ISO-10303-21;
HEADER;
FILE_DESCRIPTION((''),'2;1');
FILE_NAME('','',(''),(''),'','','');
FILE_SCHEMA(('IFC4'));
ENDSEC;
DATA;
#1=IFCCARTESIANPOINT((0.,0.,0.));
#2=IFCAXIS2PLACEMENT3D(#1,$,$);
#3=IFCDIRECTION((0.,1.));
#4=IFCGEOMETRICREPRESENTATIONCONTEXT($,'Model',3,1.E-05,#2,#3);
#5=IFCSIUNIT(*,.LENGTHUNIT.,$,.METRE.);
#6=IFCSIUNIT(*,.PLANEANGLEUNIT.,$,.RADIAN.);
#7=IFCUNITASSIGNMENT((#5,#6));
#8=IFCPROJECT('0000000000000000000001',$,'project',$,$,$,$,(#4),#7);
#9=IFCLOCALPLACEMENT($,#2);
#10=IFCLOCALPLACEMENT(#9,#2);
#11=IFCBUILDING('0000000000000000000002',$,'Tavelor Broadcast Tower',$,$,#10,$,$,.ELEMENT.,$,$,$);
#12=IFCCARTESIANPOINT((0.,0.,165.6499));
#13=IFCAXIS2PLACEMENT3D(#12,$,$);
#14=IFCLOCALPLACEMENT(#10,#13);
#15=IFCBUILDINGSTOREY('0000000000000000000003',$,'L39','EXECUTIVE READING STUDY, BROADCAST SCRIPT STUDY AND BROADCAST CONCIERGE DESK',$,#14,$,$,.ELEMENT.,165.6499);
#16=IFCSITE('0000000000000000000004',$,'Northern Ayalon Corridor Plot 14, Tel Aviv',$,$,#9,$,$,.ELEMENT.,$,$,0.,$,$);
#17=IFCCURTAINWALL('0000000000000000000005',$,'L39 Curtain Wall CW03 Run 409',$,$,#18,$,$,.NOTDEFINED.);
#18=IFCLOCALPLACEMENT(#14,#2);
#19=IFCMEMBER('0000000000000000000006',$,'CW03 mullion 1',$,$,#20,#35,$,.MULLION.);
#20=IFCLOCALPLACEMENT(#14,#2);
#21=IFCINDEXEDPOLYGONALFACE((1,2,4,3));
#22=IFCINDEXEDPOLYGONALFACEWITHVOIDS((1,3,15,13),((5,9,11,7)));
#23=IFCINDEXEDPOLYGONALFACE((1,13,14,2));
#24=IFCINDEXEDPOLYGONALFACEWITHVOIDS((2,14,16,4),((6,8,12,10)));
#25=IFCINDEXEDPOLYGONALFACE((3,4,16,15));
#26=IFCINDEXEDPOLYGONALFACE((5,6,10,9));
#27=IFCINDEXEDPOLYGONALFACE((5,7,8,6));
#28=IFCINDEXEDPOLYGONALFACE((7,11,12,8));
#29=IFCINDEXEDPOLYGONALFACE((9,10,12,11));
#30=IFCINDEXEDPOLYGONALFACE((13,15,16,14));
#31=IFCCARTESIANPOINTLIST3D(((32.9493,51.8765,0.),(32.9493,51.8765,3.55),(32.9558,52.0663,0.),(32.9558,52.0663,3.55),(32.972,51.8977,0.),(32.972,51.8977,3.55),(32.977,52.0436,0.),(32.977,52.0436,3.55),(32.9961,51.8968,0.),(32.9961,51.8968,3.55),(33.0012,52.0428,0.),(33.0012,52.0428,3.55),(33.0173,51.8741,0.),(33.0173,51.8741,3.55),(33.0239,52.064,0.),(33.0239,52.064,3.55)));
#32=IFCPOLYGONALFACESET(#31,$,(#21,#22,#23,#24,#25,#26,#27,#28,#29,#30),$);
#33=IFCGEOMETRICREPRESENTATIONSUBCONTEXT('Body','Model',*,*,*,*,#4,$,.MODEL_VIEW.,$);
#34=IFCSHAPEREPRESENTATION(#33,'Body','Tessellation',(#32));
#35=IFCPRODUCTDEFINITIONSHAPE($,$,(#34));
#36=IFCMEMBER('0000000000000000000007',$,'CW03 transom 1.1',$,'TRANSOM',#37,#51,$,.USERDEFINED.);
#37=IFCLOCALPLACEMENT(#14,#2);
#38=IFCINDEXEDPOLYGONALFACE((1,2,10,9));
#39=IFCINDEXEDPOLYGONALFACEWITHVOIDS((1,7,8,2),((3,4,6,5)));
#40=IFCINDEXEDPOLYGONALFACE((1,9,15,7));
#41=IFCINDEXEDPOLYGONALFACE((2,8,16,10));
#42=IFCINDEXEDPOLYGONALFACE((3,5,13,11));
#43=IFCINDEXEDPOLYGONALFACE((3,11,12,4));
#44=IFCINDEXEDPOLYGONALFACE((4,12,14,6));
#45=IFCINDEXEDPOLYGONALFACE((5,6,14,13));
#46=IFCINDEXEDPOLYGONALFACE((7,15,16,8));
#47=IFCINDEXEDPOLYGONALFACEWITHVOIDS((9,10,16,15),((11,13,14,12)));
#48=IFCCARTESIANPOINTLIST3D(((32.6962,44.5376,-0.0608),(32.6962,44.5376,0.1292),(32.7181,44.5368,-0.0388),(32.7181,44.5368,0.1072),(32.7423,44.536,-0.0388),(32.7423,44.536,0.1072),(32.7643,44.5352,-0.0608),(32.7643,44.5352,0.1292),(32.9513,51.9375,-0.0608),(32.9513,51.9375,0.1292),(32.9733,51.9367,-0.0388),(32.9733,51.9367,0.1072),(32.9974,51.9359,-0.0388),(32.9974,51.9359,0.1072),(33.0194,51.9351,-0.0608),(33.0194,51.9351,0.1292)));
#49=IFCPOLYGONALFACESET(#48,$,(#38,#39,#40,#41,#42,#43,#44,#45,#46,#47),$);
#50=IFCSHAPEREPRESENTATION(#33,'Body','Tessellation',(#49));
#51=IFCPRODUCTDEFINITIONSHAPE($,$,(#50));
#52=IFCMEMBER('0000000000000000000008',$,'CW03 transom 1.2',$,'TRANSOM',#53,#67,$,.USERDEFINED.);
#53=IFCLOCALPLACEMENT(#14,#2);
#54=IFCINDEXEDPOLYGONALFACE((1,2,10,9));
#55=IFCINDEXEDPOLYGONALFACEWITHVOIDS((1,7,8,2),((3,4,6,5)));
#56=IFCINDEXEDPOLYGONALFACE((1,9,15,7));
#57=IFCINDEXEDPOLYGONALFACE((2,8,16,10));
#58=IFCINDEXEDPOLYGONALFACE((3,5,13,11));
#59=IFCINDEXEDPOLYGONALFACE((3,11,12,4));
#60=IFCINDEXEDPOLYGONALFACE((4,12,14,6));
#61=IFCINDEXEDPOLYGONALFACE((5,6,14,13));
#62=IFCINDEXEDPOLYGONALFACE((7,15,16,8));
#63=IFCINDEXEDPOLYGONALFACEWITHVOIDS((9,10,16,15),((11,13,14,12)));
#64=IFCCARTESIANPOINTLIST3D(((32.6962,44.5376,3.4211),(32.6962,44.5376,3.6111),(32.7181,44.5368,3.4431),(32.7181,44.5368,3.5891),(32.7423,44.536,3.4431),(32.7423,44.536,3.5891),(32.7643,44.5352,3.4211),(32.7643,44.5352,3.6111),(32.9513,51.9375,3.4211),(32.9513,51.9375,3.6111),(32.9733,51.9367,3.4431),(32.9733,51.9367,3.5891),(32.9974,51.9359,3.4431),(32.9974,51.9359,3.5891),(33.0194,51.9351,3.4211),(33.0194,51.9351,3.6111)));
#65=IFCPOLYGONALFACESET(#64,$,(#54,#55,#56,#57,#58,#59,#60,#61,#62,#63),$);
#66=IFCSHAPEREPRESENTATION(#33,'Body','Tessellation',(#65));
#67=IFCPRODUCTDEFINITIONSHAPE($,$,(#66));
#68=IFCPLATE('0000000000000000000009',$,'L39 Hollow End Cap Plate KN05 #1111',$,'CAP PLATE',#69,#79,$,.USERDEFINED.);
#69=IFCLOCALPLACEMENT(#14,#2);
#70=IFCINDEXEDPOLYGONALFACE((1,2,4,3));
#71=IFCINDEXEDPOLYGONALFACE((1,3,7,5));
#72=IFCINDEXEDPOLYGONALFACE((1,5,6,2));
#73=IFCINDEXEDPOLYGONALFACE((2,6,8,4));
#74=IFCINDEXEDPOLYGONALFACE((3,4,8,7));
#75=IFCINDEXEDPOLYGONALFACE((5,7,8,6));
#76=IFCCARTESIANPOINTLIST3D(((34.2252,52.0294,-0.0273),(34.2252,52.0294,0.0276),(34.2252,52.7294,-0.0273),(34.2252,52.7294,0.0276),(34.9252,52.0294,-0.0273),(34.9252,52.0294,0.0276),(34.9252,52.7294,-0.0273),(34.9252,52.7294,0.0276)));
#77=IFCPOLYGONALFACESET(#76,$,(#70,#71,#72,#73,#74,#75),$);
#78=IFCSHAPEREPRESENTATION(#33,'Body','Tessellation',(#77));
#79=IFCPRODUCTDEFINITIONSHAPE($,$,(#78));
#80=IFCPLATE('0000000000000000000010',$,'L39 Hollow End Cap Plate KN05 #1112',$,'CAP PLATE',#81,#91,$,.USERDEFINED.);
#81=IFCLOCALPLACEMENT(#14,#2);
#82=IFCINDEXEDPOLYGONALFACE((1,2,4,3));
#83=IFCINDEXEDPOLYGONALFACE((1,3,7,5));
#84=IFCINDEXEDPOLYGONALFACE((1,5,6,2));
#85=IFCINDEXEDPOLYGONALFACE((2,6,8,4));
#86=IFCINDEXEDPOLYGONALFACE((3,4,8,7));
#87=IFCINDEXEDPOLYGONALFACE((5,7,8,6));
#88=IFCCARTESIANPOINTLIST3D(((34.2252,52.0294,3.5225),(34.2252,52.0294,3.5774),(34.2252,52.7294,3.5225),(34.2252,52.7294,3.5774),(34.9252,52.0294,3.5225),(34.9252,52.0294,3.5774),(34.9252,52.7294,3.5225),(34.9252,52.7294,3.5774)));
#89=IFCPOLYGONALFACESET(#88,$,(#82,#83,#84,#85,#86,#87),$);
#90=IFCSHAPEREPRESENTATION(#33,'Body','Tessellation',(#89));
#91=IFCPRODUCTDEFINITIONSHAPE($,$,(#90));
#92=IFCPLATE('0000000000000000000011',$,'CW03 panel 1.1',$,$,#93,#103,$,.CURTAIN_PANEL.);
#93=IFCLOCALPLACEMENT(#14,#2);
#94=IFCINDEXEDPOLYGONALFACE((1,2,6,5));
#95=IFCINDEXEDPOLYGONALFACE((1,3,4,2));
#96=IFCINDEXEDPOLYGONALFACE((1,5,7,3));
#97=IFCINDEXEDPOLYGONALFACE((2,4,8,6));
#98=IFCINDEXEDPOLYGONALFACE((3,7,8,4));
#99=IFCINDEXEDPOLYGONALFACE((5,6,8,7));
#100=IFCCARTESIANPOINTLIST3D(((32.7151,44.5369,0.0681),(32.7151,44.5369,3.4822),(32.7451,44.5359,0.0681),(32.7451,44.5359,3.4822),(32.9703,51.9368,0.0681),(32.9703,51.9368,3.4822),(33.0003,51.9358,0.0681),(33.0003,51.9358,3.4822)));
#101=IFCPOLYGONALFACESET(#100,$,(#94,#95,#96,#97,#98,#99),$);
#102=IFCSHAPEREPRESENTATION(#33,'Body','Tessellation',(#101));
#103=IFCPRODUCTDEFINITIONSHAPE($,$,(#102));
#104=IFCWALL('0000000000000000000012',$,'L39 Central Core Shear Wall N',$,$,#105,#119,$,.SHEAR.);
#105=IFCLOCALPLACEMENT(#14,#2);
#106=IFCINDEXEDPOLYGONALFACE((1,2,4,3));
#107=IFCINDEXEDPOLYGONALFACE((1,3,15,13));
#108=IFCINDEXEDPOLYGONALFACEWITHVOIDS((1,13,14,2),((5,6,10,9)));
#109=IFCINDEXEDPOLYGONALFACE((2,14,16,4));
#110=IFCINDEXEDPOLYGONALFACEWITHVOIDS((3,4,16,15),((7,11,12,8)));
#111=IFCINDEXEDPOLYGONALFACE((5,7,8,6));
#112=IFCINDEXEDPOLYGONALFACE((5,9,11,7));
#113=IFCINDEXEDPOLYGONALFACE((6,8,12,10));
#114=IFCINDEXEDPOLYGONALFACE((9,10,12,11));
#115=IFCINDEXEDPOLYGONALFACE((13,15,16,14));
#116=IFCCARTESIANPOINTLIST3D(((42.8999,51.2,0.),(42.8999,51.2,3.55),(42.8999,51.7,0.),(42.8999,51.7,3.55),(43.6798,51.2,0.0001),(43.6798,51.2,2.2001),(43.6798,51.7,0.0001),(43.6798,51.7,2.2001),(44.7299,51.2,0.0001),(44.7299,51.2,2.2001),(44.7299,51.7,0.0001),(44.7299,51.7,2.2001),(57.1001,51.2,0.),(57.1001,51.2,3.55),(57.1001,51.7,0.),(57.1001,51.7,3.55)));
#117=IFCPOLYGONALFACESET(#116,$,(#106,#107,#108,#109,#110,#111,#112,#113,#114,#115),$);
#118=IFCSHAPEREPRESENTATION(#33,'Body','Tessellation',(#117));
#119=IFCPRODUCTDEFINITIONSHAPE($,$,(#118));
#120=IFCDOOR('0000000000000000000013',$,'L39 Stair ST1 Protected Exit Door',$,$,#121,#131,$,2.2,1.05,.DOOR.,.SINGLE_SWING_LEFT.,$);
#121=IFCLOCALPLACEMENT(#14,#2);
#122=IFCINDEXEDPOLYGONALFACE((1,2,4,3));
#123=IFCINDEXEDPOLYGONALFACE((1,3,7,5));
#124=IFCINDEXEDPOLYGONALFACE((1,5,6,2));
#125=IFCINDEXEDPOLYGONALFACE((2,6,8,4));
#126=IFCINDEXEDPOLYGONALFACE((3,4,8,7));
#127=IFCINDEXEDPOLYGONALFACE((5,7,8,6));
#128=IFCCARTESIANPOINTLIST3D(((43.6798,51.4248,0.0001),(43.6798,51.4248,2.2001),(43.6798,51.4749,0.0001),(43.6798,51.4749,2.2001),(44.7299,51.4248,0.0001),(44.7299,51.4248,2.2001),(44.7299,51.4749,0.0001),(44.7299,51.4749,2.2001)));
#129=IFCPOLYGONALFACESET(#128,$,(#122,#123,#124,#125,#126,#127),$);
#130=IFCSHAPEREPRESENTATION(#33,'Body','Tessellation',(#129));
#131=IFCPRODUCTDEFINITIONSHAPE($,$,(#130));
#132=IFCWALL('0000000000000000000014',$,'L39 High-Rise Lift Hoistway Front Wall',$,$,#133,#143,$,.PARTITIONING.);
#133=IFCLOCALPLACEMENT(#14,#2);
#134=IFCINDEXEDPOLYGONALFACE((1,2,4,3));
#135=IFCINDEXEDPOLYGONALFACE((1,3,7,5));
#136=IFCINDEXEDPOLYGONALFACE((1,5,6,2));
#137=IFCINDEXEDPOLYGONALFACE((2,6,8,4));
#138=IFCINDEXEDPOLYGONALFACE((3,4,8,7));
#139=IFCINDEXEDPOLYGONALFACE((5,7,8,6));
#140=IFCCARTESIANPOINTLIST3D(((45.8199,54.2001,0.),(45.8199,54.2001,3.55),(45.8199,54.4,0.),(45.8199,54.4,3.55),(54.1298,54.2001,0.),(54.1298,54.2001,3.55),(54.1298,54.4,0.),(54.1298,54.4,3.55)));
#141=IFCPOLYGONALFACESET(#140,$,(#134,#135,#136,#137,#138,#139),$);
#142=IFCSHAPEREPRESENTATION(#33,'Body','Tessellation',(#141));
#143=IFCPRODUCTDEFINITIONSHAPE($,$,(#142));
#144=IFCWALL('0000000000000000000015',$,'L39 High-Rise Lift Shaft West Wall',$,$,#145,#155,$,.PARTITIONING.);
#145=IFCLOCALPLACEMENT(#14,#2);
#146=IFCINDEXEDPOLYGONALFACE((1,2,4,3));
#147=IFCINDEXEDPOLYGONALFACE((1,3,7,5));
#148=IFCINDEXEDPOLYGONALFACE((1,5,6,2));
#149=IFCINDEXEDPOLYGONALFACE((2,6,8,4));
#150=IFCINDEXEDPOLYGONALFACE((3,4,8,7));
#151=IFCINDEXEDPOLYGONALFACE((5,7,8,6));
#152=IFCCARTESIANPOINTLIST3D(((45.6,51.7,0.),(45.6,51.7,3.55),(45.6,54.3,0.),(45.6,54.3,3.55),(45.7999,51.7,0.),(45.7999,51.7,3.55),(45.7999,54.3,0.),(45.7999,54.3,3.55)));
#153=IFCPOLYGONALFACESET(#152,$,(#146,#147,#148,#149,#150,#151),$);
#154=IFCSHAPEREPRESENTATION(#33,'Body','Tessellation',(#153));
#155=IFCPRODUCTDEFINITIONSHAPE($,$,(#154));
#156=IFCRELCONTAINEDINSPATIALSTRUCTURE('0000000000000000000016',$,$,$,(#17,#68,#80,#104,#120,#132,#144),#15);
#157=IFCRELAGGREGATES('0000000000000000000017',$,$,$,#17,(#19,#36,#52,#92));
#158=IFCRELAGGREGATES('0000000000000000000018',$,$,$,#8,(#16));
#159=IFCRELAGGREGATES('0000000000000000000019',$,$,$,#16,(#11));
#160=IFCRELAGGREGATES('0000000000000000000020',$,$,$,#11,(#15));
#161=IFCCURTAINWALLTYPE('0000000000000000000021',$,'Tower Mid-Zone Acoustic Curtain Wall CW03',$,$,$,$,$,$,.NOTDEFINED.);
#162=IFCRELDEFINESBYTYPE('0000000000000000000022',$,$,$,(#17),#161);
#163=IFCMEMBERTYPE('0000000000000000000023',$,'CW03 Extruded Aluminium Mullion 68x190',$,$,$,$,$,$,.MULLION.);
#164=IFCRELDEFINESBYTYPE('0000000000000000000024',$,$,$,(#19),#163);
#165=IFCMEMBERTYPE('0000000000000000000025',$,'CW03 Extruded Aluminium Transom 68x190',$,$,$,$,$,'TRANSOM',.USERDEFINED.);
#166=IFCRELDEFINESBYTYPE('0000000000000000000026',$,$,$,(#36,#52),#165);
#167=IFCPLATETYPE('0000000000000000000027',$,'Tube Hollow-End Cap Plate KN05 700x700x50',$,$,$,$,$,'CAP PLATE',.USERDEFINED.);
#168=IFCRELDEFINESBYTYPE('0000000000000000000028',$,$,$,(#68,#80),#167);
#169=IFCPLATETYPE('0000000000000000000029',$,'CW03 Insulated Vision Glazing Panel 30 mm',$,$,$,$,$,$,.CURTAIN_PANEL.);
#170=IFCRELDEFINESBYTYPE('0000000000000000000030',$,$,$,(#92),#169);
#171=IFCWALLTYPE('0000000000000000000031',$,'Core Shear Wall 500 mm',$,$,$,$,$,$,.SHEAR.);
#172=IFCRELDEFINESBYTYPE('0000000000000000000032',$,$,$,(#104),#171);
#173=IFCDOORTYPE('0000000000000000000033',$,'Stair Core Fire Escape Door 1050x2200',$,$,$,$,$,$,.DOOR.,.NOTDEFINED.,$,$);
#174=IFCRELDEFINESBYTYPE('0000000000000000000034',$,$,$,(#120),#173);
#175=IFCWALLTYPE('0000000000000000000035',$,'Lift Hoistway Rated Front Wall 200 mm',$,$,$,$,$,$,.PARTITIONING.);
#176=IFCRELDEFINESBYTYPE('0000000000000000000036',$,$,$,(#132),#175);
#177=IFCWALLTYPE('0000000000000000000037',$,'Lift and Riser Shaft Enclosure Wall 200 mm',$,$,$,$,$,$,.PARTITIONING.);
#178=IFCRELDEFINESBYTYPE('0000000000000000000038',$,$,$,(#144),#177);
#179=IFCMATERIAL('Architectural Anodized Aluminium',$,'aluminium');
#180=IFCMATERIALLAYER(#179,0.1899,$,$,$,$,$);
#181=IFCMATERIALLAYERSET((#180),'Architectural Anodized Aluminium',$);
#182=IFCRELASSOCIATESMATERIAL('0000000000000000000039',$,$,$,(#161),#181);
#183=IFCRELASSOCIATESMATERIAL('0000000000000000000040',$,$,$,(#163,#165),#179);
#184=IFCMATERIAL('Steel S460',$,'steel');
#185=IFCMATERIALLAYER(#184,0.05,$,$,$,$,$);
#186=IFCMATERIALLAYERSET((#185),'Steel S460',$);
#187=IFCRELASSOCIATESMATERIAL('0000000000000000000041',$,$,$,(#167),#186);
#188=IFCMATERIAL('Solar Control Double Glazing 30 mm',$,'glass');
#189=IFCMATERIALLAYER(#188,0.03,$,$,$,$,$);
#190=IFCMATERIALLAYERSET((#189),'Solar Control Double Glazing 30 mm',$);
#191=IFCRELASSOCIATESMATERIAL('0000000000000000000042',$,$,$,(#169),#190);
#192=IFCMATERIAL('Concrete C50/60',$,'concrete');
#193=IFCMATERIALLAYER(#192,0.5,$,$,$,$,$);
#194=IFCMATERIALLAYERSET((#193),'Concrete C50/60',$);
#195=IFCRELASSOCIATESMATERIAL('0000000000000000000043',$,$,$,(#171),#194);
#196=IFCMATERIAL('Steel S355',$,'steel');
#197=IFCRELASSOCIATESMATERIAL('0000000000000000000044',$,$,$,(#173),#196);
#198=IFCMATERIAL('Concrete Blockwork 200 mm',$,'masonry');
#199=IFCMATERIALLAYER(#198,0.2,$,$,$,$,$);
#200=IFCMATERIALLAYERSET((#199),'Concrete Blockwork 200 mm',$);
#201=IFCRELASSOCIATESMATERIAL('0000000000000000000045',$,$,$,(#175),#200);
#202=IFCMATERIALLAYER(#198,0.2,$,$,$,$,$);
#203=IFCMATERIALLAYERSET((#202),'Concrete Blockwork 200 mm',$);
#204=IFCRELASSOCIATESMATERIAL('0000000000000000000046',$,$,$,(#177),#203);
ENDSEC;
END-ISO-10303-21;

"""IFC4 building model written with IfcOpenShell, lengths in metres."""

from ifc_helpers import new_model, si_unit, direction, frame, frame_2d, origin, origin_2d, place, context, subcontext, project, spatial, rectangle, hollow_rectangle, extrude, source, transform, mapped, material, layer, layer_set, material_profile, profile_set, type_object, type_shapes, element, fill, aggregate, save


model = new_model("IFC4")

# Units and contexts
model_context = context("Model", 3, precision=1e-05, world=origin(), true_north=direction((0.0, 1.0)))
body_context = subcontext(model_context, "Body", "Model", "MODEL_VIEW")
ifc_project = project(units=[si_unit("LENGTHUNIT", "METRE"), si_unit("PLANEANGLEUNIT", "RADIAN")], contexts=[model_context])

# Site, building, storey
site_placement = place(None, origin())
site = spatial("IfcSite", under=ifc_project, at=site_placement, Name="Northern Ayalon Corridor Plot 14, Tel Aviv", CompositionType="ELEMENT", RefElevation=0.0)
building_placement = place(site_placement, origin())
building = spatial("IfcBuilding", under=site, at=building_placement, Name="Tavelor Broadcast Tower", CompositionType="ELEMENT")
storey_placement = place(building_placement, frame((0.0, 0.0, 165.6499)))
storey = spatial("IfcBuildingStorey", under=building, at=storey_placement, Name="L39", Description="EXECUTIVE READING STUDY, BROADCAST SCRIPT STUDY AND BROADCAST CONCIERGE DESK", CompositionType="ELEMENT", Elevation=165.6499)

# Shared definitions
ifc_material_1 = material(Name="Steel S460", Category="steel")

# Shared definitions
ifc_material_2 = material(Name="Steel S355", Category="steel")

# Curtain wall, members
ifc_material_3 = material(Name="Architectural Anodized Aluminium", Category="aluminium")
ifc_layer_1 = layer(ifc_material_3, 0.1899)
ifc_layer_set_1 = layer_set([ifc_layer_1], Name="Architectural Anodized Aluminium")
curtain_wall_type = type_object("IfcCurtainWallType", Name="Tower Mid-Zone Acoustic Curtain Wall CW03", PredefinedType="NOTDEFINED", material=ifc_layer_set_1)
curtain_wall_placement = place(storey_placement, origin())
curtain_wall = element("IfcCurtainWall", 1, at=curtain_wall_placement, inside=storey, type_object=curtain_wall_type, Name="L39 Curtain Wall CW03 Run 409", PredefinedType="NOTDEFINED")
ifc_material_profile_1 = material_profile(ifc_material_3, hollow_rectangle(XDim=0.0681, YDim=0.1899, WallThickness=0.022, at=origin_2d()), Name="RHS 68x190x22")
ifc_profile_set_1 = profile_set([ifc_material_profile_1], Name="Architectural Anodized Aluminium")
member_type_1 = type_object("IfcMemberType", Name="CW03 Extruded Aluminium Mullion 68x190", PredefinedType="MULLION", material=ifc_profile_set_1)
shared_shape_1 = source(origin(), body_context, "Body", "SweptSolid", [
    extrude(hollow_rectangle(XDim=0.0681, YDim=0.1899, WallThickness=0.022, at=origin_2d()), origin(), (0.0, 0.0, 1.0), 3.55),
])
type_shapes(member_type_1, [shared_shape_1])
member_1_placement = place(storey_placement, frame((32.9866, 51.9702, 0.0), z_axis=(0.0, 0.0, 1.0), x_axis=(0.999406, -0.034469, 0.0)))
member_1 = element("IfcMember", 2, at=member_1_placement, type_object=member_type_1, Name="CW03 mullion 1", PredefinedType="MULLION", context=body_context, shape_type="MappedRepresentation", body=[
    mapped(shared_shape_1, transform((0.0, 0.0, 0.0), scale=1.0)),
])
ifc_material_profile_2 = material_profile(ifc_material_3, hollow_rectangle(XDim=0.0681, YDim=0.1899, WallThickness=0.022, at=origin_2d()), Name="RHS 68x190x22")
ifc_profile_set_2 = profile_set([ifc_material_profile_2], Name="Architectural Anodized Aluminium")
member_type_2 = type_object("IfcMemberType", Name="CW03 Extruded Aluminium Transom 68x190", ElementType="TRANSOM", PredefinedType="USERDEFINED", material=ifc_profile_set_2)
shared_shape_2 = source(origin(), body_context, "Body", "SweptSolid", [
    extrude(hollow_rectangle(XDim=0.0681, YDim=0.1899, WallThickness=0.022, at=origin_2d()), origin(), (0.0, 0.0, 1.0), 7.4043),
])
type_shapes(member_type_2, [shared_shape_2])
member_2_placement = place(storey_placement, frame((32.9854, 51.9363, 0.0342), z_axis=(-0.034457, -0.999406, 0.0), x_axis=(0.999406, -0.034457, 0.0)))
member_2 = element("IfcMember", 3, at=member_2_placement, type_object=member_type_2, Name="CW03 transom 1.1", ObjectType="TRANSOM", PredefinedType="USERDEFINED", context=body_context, shape_type="MappedRepresentation", body=[
    mapped(shared_shape_2, transform((0.0, 0.0, 0.0), scale=1.0)),
])
member_3_placement = place(storey_placement, frame((32.9854, 51.9363, 3.5161), z_axis=(-0.034457, -0.999406, 0.0), x_axis=(0.999406, -0.034457, 0.0)))
member_3 = element("IfcMember", 4, at=member_3_placement, type_object=member_type_2, Name="CW03 transom 1.2", ObjectType="TRANSOM", PredefinedType="USERDEFINED", context=body_context, shape_type="MappedRepresentation", body=[
    mapped(shared_shape_2, transform((0.0, 0.0, 0.0), scale=1.0)),
])

# Plates
ifc_layer_2 = layer(ifc_material_1, 0.05)
ifc_layer_set_2 = layer_set([ifc_layer_2], Name="Steel S460")
plate_type_1 = type_object("IfcPlateType", Name="Tube Hollow-End Cap Plate KN05 700x700x50", ElementType="CAP PLATE", PredefinedType="USERDEFINED", material=ifc_layer_set_2)
shared_shape_3 = source(origin(), body_context, "Body", "SweptSolid", [
    extrude(rectangle(XDim=0.7, YDim=0.7, at=origin_2d()), origin(), (0.0, 0.0, 1.0), 0.0549),
])
type_shapes(plate_type_1, [shared_shape_3])
for number, where, z_axis, x_axis, name in (
    (5, (34.5752, 52.3794, -0.0273), (0.0, 0.0, 1.0), (1.0, 0.0, 0.0), "L39 Hollow End Cap Plate KN05 #1111"),
    (6, (34.5752, 52.3794, 3.5225), (0.0, 0.0, 1.0), (1.0, 0.0, 0.0), "L39 Hollow End Cap Plate KN05 #1112"),
):
    element("IfcPlate", number, at=place(storey_placement, frame(where, z_axis=z_axis, x_axis=x_axis)), inside=storey, type_object=plate_type_1, Name=name, ObjectType="CAP PLATE", PredefinedType="USERDEFINED", context=body_context, shape_type="MappedRepresentation", body=[
        mapped(shared_shape_3, transform((0.0, 0.0, 0.0), scale=1.0)),
    ])

# Plate
ifc_material_4 = material(Name="Solar Control Double Glazing 30 mm", Category="glass")
ifc_layer_3 = layer(ifc_material_4, 0.03)
ifc_layer_set_3 = layer_set([ifc_layer_3], Name="Solar Control Double Glazing 30 mm")
plate_type_2 = type_object("IfcPlateType", Name="CW03 Insulated Vision Glazing Panel 30 mm", PredefinedType="CURTAIN_PANEL", material=ifc_layer_set_3)
shared_shape_4 = source(origin(), body_context, "Body", "SweptSolid", [
    extrude(rectangle(XDim=7.4043, YDim=0.03, at=origin_2d()), origin(), (0.0, 0.0, 1.0), 3.4141),
])
type_shapes(plate_type_2, [shared_shape_4])
plate_placement = place(storey_placement, frame((32.8577, 48.2363, 0.0681), z_axis=(0.0, 0.0, 1.0), x_axis=(-0.034469, -0.999406, 0.0)))
plate = element("IfcPlate", 7, at=plate_placement, type_object=plate_type_2, Name="CW03 panel 1.1", PredefinedType="CURTAIN_PANEL", context=body_context, shape_type="MappedRepresentation", body=[
    mapped(shared_shape_4, transform((0.0, 0.0, 0.0), scale=1.0)),
])
aggregate(curtain_wall, [member_1, member_2, member_3, plate])

# Wall, opening, door
ifc_material_5 = material(Name="Concrete C50/60", Category="concrete")
ifc_layer_4 = layer(ifc_material_5, 0.5)
ifc_layer_set_4 = layer_set([ifc_layer_4], Name="Concrete C50/60")
wall_type_1 = type_object("IfcWallType", Name="Core Shear Wall 500 mm", PredefinedType="SHEAR", material=ifc_layer_set_4)
wall_1_placement = place(storey_placement, frame((42.8999, 51.45, 0.0), z_axis=(0.0, 0.0, 1.0), x_axis=(1.0, 0.0, 0.0)))
wall_1 = element("IfcWall", 8, at=wall_1_placement, inside=storey, type_object=wall_type_1, Name="L39 Central Core Shear Wall N", PredefinedType="SHEAR", context=body_context, shape_type="SweptSolid", body=[
    extrude(rectangle(XDim=14.2002, YDim=0.5, at=frame_2d((7.1001, 0.0))), origin(), (0.0, 0.0, 1.0), 3.55),
])
opening_placement = place(wall_1_placement, frame((0.78, 0.0, 0.0)))
opening = element("IfcOpeningElement", 9, at=opening_placement, cuts=wall_1, PredefinedType="OPENING", context=body_context, shape_type="SweptSolid", body=[
    extrude(rectangle(XDim=1.05, YDim=2.2, at=frame_2d((0.5249, 1.1001))), frame((0.0, 0.26, 0.0), z_axis=(0.0, -1.0, 0.0), x_axis=(1.0, 0.0, 0.0)), (0.0, 0.0, 1.0), 0.52),
])
door_type = type_object("IfcDoorType", Name="Stair Core Fire Escape Door 1050x2200", OperationType="NOTDEFINED", PredefinedType="DOOR", material=ifc_material_2)
door_placement = place(opening_placement, origin())
door = element("IfcDoor", 10, at=door_placement, inside=storey, type_object=door_type, Name="L39 Stair ST1 Protected Exit Door", OperationType="SINGLE_SWING_LEFT", OverallHeight=2.2, OverallWidth=1.05, PredefinedType="DOOR", context=body_context, shape_type="SweptSolid", body=[
    extrude(rectangle(XDim=1.05, YDim=2.2, at=frame_2d((0.5249, 1.1001))), frame((0.0, 0.0249, 0.0), z_axis=(0.0, -1.0, 0.0), x_axis=(1.0, 0.0, 0.0)), (0.0, 0.0, 1.0), 0.05),
])
fill(opening, door)

# Walls
ifc_material_6 = material(Name="Concrete Blockwork 200 mm", Category="masonry")
ifc_layer_5 = layer(ifc_material_6, 0.2)
ifc_layer_set_5 = layer_set([ifc_layer_5], Name="Concrete Blockwork 200 mm")
wall_type_2 = type_object("IfcWallType", Name="Lift Hoistway Rated Front Wall 200 mm", PredefinedType="PARTITIONING", material=ifc_layer_set_5)
wall_2_placement = place(storey_placement, frame((45.8201, 54.3, 0.0), z_axis=(0.0, 0.0, 1.0), x_axis=(1.0, 0.0, 0.0)))
element("IfcWall", 11, at=wall_2_placement, inside=storey, type_object=wall_type_2, Name="L39 High-Rise Lift Hoistway Front Wall", PredefinedType="PARTITIONING", context=body_context, shape_type="SweptSolid", body=[
    extrude(rectangle(XDim=8.3098, YDim=0.2, at=frame_2d((4.1548, 0.0))), origin(), (0.0, 0.0, 1.0), 3.55),
])
ifc_layer_6 = layer(ifc_material_6, 0.2)
ifc_layer_set_6 = layer_set([ifc_layer_6], Name="Concrete Blockwork 200 mm")
wall_type_3 = type_object("IfcWallType", Name="Lift and Riser Shaft Enclosure Wall 200 mm", PredefinedType="PARTITIONING", material=ifc_layer_set_6)
wall_3_placement = place(storey_placement, frame((45.7, 51.7, 0.0), z_axis=(0.0, 0.0, 1.0), x_axis=(0.0, 1.0, 0.0)))
element("IfcWall", 12, at=wall_3_placement, inside=storey, type_object=wall_type_3, Name="L39 High-Rise Lift Shaft West Wall", PredefinedType="PARTITIONING", context=body_context, shape_type="SweptSolid", body=[
    extrude(rectangle(XDim=2.6001, YDim=0.2, at=frame_2d((1.3, 0.0))), origin(), (0.0, 0.0, 1.0), 3.55),
])

save(model, "model.ifc")
